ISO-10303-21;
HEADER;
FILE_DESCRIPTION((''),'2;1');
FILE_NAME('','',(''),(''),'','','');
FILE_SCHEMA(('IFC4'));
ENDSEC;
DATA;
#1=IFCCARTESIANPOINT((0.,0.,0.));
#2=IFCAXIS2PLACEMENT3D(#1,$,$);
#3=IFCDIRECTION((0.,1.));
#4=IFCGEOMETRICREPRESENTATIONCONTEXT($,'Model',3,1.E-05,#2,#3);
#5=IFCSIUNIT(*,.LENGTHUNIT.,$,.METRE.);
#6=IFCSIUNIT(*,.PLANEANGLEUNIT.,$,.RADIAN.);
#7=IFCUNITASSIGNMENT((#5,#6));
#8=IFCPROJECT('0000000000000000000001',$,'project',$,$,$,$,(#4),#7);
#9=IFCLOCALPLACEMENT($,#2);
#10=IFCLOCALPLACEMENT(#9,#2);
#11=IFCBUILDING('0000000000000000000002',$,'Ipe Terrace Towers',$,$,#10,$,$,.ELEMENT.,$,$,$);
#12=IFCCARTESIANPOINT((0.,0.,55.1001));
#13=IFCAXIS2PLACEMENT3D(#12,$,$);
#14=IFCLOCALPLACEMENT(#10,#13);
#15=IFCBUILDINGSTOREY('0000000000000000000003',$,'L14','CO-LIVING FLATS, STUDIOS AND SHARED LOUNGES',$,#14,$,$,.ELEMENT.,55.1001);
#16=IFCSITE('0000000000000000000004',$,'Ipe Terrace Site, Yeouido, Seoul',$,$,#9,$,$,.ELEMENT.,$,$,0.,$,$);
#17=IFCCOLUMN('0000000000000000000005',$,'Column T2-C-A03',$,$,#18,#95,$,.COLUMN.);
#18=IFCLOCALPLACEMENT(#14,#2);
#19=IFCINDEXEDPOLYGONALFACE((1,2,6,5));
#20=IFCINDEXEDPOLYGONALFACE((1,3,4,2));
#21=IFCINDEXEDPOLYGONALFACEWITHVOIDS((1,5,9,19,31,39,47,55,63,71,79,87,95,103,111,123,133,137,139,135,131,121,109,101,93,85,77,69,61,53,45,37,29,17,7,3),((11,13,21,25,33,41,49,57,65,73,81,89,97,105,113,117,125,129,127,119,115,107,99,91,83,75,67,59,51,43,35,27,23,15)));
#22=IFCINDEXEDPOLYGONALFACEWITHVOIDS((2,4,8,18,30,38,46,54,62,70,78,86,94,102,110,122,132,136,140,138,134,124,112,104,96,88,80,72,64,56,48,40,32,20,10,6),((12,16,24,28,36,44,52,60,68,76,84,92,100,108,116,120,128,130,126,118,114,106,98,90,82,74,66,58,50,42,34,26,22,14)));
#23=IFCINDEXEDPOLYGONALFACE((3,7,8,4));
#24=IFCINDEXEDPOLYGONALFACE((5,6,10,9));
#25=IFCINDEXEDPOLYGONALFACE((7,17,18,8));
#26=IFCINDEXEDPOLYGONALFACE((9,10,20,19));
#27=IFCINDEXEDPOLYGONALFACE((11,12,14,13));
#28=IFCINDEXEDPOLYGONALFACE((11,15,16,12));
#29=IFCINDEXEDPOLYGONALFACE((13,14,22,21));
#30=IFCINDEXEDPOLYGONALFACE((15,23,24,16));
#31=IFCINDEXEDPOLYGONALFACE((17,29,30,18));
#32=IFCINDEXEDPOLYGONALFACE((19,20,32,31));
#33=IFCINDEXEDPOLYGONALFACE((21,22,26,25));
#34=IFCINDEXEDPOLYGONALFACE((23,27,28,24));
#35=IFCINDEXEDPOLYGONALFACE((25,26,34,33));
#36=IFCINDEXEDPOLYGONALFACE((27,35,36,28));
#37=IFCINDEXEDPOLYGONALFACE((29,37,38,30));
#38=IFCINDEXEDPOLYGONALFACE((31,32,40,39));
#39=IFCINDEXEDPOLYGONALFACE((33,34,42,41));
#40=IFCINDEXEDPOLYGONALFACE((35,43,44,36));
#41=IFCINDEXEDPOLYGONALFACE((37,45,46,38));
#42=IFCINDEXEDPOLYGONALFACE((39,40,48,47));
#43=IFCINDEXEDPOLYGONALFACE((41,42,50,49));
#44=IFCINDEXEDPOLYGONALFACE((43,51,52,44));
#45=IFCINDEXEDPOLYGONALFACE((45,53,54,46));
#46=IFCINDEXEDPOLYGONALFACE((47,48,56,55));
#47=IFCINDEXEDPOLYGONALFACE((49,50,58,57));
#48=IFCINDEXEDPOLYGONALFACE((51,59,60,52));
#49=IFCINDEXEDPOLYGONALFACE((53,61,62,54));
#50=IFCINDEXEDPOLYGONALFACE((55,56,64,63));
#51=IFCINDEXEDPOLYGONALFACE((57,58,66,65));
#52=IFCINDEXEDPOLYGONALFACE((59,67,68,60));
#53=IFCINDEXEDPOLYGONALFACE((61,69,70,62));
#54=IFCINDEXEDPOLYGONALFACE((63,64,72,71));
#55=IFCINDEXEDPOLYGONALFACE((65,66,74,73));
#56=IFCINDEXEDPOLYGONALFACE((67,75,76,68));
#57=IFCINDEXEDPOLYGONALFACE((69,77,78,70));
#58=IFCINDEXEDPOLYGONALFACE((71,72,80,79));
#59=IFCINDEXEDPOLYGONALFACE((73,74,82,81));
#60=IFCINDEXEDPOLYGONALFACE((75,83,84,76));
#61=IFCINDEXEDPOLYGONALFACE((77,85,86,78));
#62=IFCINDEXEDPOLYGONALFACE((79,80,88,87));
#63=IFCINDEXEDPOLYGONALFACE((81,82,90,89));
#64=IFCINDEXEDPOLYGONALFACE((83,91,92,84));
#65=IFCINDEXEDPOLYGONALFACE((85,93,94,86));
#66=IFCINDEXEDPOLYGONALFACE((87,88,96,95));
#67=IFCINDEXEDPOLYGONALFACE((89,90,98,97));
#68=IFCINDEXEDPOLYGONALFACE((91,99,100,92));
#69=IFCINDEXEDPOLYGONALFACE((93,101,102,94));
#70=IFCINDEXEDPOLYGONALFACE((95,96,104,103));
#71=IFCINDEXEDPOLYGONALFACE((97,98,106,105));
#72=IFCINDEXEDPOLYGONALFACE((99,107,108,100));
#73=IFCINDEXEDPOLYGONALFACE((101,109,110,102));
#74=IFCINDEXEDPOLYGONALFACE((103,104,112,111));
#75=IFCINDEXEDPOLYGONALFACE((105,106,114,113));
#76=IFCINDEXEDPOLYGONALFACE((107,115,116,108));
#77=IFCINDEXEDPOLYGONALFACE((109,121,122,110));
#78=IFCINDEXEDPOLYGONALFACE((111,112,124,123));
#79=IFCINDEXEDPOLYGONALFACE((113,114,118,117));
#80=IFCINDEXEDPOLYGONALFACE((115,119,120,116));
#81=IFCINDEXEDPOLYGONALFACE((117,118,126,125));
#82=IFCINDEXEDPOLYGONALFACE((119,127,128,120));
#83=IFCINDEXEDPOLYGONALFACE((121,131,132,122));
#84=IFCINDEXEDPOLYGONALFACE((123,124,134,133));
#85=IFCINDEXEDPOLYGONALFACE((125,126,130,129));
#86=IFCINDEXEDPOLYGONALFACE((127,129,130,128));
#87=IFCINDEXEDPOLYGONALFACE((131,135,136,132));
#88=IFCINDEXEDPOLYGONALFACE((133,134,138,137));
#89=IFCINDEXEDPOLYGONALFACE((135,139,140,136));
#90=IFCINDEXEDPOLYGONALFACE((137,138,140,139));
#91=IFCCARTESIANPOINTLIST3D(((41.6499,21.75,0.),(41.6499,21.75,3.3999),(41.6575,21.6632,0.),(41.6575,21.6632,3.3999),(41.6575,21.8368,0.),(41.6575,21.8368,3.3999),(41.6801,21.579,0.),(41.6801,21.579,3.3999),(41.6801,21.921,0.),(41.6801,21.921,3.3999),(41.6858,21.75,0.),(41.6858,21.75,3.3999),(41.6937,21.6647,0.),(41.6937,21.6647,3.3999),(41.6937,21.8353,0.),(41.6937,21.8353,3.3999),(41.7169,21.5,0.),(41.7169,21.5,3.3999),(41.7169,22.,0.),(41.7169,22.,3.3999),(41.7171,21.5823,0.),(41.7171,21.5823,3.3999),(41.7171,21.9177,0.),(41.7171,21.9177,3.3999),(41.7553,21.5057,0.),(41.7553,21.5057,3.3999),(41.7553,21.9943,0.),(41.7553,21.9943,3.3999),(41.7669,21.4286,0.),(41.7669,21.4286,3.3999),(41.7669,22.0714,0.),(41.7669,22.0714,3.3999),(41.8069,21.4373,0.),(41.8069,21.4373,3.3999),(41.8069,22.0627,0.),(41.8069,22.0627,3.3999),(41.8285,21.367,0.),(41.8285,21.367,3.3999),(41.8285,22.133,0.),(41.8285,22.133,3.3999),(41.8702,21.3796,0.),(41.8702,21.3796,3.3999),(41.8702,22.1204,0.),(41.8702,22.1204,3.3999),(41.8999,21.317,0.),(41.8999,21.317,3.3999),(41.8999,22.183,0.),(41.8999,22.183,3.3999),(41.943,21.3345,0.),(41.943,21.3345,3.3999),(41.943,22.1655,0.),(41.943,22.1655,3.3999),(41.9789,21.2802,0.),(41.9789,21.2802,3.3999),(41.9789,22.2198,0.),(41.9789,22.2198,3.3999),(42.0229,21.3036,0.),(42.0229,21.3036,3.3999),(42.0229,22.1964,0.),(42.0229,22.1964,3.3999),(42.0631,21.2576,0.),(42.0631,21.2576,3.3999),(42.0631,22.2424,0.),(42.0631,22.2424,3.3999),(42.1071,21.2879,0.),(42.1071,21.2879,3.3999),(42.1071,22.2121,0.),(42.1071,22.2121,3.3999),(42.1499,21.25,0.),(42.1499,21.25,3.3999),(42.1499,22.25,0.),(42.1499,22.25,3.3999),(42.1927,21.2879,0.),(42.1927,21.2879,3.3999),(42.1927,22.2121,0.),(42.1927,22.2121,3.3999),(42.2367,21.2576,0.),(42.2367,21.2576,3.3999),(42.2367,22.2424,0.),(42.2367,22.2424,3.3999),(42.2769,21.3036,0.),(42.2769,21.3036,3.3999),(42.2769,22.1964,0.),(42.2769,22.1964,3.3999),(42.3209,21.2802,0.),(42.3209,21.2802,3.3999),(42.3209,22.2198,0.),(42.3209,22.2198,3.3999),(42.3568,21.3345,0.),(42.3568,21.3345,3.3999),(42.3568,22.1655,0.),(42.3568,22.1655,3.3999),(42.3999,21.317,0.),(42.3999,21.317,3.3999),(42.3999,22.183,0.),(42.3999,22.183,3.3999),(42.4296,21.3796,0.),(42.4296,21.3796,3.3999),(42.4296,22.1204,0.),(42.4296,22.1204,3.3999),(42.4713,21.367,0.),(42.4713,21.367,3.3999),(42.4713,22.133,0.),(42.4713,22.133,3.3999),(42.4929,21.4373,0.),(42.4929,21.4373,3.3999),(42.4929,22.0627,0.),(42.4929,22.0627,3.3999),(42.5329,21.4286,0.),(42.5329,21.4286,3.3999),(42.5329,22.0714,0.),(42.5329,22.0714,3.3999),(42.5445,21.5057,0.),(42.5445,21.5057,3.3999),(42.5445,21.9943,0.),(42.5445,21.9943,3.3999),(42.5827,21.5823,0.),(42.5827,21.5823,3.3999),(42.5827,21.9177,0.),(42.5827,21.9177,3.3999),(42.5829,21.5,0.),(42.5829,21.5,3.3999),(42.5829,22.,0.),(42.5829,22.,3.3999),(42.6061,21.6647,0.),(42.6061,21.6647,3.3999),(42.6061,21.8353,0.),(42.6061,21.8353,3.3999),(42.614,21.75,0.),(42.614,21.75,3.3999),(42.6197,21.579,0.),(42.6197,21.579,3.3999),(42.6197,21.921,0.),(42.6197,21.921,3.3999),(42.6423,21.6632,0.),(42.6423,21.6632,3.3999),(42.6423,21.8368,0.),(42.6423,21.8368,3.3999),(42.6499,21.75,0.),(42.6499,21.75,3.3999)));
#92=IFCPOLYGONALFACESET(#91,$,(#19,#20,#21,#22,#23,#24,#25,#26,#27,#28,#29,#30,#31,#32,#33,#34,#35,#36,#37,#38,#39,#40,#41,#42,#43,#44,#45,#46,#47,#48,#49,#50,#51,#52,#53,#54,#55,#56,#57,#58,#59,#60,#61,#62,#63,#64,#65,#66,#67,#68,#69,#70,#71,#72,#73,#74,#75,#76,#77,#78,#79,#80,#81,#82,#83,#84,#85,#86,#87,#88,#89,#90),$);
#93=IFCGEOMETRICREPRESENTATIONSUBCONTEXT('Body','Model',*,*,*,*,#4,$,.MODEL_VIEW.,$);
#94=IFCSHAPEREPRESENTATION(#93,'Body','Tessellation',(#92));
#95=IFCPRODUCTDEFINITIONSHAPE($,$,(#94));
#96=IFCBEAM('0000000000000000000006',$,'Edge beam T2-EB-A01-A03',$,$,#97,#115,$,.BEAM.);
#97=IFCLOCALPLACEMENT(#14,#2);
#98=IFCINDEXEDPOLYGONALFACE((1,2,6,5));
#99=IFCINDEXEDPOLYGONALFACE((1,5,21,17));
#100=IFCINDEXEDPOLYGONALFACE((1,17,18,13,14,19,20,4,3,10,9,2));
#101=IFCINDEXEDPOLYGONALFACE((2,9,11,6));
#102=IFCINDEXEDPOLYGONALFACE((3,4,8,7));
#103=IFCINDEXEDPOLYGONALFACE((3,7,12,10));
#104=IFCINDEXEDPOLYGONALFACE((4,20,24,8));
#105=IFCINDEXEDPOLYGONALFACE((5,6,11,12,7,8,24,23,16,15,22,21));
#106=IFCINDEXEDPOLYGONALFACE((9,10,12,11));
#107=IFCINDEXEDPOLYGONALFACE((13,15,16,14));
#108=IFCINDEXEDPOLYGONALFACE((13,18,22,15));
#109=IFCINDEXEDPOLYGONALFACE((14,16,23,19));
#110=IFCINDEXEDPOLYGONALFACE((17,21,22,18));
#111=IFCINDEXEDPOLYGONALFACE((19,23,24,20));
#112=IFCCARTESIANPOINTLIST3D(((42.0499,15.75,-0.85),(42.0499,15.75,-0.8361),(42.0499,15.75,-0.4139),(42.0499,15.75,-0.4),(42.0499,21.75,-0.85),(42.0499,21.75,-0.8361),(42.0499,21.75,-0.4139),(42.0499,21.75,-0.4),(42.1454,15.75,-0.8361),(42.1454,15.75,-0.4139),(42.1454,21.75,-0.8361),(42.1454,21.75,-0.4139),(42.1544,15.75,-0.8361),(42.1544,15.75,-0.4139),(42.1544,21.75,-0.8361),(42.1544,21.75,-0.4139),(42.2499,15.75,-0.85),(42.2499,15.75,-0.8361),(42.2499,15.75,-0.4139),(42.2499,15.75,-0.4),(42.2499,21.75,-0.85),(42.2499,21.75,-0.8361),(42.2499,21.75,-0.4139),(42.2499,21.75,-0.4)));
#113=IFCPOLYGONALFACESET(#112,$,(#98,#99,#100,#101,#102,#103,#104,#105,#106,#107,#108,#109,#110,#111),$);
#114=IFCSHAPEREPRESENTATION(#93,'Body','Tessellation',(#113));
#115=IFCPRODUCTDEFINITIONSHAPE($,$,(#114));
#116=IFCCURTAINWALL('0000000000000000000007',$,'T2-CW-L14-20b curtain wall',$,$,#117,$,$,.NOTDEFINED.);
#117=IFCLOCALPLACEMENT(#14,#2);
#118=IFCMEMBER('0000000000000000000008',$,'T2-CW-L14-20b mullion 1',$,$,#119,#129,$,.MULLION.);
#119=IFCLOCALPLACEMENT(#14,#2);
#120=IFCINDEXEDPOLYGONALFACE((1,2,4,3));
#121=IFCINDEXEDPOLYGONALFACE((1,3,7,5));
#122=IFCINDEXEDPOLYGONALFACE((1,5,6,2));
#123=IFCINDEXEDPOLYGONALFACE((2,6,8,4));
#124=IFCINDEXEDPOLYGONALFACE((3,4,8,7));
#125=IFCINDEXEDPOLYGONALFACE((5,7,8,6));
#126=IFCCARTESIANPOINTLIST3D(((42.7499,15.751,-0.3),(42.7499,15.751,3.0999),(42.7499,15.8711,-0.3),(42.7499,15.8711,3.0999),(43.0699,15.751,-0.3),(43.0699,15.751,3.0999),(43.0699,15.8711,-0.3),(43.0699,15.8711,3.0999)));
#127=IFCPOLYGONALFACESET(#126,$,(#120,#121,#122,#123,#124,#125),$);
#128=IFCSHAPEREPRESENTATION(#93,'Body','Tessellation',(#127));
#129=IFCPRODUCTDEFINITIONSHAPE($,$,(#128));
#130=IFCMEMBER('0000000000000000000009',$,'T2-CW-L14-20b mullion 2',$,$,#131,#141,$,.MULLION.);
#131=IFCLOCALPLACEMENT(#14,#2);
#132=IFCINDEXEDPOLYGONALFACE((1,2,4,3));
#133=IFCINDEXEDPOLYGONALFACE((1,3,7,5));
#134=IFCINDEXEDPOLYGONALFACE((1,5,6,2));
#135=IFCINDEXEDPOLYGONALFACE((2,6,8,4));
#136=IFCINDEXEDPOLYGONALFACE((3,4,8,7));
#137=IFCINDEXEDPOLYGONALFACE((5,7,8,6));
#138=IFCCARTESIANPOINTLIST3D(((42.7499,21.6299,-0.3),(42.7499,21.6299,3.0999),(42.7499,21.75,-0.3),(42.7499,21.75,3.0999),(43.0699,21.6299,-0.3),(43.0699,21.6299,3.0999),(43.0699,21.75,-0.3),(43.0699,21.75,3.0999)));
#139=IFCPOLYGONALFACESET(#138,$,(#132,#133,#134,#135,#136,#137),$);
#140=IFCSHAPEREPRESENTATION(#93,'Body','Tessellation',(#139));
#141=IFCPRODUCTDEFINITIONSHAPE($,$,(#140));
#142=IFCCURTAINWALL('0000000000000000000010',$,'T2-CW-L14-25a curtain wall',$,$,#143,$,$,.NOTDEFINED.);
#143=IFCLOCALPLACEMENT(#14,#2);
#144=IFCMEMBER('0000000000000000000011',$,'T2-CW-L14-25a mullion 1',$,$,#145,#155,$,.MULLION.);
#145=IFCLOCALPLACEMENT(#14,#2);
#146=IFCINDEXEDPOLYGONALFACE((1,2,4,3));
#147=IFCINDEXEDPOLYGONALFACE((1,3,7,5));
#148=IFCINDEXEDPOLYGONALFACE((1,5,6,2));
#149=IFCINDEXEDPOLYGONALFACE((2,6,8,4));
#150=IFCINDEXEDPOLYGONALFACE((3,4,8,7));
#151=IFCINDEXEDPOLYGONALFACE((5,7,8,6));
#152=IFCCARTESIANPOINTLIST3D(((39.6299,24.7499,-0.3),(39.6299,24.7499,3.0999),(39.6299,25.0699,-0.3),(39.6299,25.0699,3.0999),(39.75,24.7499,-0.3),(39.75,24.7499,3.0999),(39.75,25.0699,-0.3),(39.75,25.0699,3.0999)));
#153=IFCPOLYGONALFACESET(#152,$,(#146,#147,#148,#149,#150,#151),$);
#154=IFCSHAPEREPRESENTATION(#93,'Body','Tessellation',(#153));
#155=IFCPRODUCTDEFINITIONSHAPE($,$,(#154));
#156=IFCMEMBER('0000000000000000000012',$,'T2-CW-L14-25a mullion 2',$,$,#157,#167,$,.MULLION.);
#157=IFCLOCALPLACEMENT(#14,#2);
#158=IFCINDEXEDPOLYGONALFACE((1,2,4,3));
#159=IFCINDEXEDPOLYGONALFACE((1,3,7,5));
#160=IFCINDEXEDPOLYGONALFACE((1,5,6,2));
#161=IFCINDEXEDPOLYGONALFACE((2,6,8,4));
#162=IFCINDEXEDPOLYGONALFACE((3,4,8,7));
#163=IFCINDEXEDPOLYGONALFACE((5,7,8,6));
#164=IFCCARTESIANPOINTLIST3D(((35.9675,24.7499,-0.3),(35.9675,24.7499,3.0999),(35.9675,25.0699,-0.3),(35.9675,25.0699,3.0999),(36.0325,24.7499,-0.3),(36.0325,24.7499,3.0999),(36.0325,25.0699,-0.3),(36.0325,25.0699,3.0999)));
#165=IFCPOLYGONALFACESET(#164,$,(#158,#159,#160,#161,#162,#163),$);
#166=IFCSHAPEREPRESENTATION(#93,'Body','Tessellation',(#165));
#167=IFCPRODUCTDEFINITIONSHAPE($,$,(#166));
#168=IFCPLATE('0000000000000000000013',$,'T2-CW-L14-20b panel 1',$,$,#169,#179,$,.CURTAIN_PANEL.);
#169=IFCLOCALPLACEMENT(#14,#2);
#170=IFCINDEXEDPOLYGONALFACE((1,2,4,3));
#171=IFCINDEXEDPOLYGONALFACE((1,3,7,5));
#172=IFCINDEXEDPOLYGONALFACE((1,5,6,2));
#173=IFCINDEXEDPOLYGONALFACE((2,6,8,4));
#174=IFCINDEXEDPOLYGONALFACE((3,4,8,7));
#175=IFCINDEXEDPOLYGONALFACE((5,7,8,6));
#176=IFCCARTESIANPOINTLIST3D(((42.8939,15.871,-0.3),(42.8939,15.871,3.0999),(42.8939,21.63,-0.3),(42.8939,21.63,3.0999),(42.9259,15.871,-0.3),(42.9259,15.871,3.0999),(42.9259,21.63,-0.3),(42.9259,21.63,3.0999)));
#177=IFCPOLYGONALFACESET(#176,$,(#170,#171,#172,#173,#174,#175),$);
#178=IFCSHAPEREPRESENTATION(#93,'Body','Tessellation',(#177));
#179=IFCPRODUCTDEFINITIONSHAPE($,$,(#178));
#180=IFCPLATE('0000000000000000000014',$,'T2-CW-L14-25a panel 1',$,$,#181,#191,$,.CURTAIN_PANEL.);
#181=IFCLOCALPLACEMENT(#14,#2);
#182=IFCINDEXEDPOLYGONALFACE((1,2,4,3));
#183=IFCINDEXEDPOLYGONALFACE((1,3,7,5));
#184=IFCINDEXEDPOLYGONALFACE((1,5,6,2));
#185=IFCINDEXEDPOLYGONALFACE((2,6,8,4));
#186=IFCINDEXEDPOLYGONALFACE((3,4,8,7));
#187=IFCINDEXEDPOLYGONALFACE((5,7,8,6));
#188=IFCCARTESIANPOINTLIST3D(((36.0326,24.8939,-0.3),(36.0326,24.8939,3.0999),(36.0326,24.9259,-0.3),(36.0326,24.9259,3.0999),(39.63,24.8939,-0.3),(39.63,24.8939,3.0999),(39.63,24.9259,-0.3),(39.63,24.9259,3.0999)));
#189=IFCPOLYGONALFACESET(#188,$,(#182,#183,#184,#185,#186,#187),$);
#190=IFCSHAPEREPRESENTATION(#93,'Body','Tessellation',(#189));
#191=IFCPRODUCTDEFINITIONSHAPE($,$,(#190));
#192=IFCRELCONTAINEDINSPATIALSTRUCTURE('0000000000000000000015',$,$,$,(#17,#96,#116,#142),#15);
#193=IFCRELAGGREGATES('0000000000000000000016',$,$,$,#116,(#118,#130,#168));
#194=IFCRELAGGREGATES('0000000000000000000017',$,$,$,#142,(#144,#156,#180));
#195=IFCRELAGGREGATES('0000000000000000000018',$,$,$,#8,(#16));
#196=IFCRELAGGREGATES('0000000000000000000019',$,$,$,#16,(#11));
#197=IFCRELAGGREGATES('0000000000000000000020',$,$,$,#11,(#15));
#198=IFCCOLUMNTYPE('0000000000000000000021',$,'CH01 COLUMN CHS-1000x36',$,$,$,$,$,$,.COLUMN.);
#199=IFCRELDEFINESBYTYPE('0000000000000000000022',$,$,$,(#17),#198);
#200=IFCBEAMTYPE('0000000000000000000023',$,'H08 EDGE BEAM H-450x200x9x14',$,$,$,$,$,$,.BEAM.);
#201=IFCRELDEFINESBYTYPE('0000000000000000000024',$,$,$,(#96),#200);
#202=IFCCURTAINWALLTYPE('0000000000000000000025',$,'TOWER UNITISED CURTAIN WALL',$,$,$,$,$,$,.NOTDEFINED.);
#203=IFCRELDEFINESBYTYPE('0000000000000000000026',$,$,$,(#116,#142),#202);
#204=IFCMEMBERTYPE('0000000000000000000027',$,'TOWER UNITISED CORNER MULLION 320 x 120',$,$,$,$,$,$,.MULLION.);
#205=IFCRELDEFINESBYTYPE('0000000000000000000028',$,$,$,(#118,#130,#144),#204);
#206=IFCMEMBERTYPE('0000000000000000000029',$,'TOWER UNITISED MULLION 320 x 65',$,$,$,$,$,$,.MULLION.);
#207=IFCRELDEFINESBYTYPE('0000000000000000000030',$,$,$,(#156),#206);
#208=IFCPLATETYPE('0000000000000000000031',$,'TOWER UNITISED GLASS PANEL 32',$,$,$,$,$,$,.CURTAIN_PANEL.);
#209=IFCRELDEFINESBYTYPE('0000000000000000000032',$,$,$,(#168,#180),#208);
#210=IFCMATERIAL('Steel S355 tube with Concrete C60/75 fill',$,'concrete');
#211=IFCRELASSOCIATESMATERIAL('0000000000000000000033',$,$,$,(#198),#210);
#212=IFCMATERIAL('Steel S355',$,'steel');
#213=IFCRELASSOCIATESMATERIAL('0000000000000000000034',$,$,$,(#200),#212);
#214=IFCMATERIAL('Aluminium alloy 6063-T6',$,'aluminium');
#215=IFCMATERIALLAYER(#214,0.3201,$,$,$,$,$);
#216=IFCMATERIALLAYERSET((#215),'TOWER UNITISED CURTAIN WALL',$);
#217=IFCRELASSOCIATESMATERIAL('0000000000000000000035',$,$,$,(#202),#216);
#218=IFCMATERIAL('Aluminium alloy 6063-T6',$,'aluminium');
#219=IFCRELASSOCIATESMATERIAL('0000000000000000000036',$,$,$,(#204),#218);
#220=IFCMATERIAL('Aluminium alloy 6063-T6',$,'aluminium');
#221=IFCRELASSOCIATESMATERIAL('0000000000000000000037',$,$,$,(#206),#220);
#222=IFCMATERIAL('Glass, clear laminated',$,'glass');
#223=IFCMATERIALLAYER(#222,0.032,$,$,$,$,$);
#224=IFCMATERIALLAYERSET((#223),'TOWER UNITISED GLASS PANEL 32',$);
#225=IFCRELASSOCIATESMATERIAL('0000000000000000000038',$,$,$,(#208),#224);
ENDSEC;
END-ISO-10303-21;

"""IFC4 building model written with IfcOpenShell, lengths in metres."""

from ifc_helpers import new_model, si_unit, direction, frame, origin, origin_2d, place, context, subcontext, project, spatial, rectangle, hollow_circle, i_section, extrude, material, layer, layer_set, material_profile, profile_set, type_object, element, aggregate, save


model = new_model("IFC4")

# Units and contexts
model_context = context("Model", 3, precision=1e-05, world=origin(), true_north=direction((0.0, 1.0)))
body_context = subcontext(model_context, "Body", "Model", "MODEL_VIEW")
ifc_project = project(units=[si_unit("LENGTHUNIT", "METRE"), si_unit("PLANEANGLEUNIT", "RADIAN")], contexts=[model_context])

# Site, building, storey
site_placement = place(None, origin())
site = spatial("IfcSite", under=ifc_project, at=site_placement, Name="Ipe Terrace Site, Yeouido, Seoul", CompositionType="ELEMENT", RefElevation=0.0)
building_placement = place(site_placement, origin())
building = spatial("IfcBuilding", under=site, at=building_placement, Name="Ipe Terrace Towers", CompositionType="ELEMENT")
storey_placement = place(building_placement, frame((0.0, 0.0, 55.1001)))
storey = spatial("IfcBuildingStorey", under=building, at=storey_placement, Name="L14", Description="CO-LIVING FLATS, STUDIOS AND SHARED LOUNGES", CompositionType="ELEMENT", Elevation=55.1001)

# Column
ifc_material_1 = material(Name="Steel S355 tube with Concrete C60/75 fill", Category="concrete")
ifc_material_profile_1 = material_profile(ifc_material_1, hollow_circle(Radius=0.5, WallThickness=0.0359, at=origin_2d()), Name="CHS-1000x36")
ifc_profile_set_1 = profile_set([ifc_material_profile_1], Name="Steel S355 tube with Concrete C60/75 fill")
column_type = type_object("IfcColumnType", Name="CH01 COLUMN CHS-1000x36", PredefinedType="COLUMN", material=ifc_profile_set_1)
column_placement = place(storey_placement, frame((42.1499, 21.75, 0.0), z_axis=(0.0, 0.0, 1.0), x_axis=(1.0, 0.0, 0.0)))
element("IfcColumn", 1, at=column_placement, inside=storey, type_object=column_type, Name="Column T2-C-A03", PredefinedType="COLUMN", context=body_context, shape_type="SweptSolid", body=[
    extrude(hollow_circle(Radius=0.5, WallThickness=0.0359, at=origin_2d()), origin(), (0.0, 0.0, 1.0), 3.3999),
])

# Beam
ifc_material_2 = material(Name="Steel S355", Category="steel")
ifc_material_profile_2 = material_profile(ifc_material_2, i_section(OverallWidth=0.2, OverallDepth=0.45, WebThickness=0.009, FlangeThickness=0.0139, at=origin_2d()), Name="H-450x200x9x14")
ifc_profile_set_2 = profile_set([ifc_material_profile_2], Name="Steel S355")
beam_type = type_object("IfcBeamType", Name="H08 EDGE BEAM H-450x200x9x14", PredefinedType="BEAM", material=ifc_profile_set_2)
beam_placement = place(storey_placement, frame((42.1499, 15.75, -0.625), z_axis=(0.0, 1.0, 0.0), x_axis=(-1.0, 0.0, 0.0)))
element("IfcBeam", 2, at=beam_placement, inside=storey, type_object=beam_type, Name="Edge beam T2-EB-A01-A03", PredefinedType="BEAM", context=body_context, shape_type="SweptSolid", body=[
    extrude(i_section(OverallWidth=0.2, OverallDepth=0.45, WebThickness=0.009, FlangeThickness=0.0139, at=origin_2d()), origin(), (0.0, 0.0, 1.0), 6.0),
])

# Curtain walls, members
ifc_material_3 = material(Name="Aluminium alloy 6063-T6", Category="aluminium")
ifc_layer_1 = layer(ifc_material_3, 0.3201)
ifc_layer_set_1 = layer_set([ifc_layer_1], Name="TOWER UNITISED CURTAIN WALL")
curtain_wall_type = type_object("IfcCurtainWallType", Name="TOWER UNITISED CURTAIN WALL", PredefinedType="NOTDEFINED", material=ifc_layer_set_1)
curtain_wall_1_placement = place(storey_placement, origin())
curtain_wall_1 = element("IfcCurtainWall", 3, at=curtain_wall_1_placement, inside=storey, type_object=curtain_wall_type, Name="T2-CW-L14-20b curtain wall", PredefinedType="NOTDEFINED")
ifc_material_4 = material(Name="Aluminium alloy 6063-T6", Category="aluminium")
ifc_material_profile_3 = material_profile(ifc_material_4, rectangle(XDim=0.3201, YDim=0.1201, at=origin_2d()), Name="TOWER UNITISED CORNER MULLION 320 x 120")
ifc_profile_set_3 = profile_set([ifc_material_profile_3], Name="Aluminium alloy 6063-T6")
member_type_1 = type_object("IfcMemberType", Name="TOWER UNITISED CORNER MULLION 320 x 120", PredefinedType="MULLION", material=ifc_profile_set_3)
member_1_placement = place(storey_placement, frame((42.9099, 15.811, -0.3), z_axis=(0.0, 0.0, 1.0), x_axis=(1.0, 0.0, 0.0)))
member_1 = element("IfcMember", 4, at=member_1_placement, type_object=member_type_1, Name="T2-CW-L14-20b mullion 1", PredefinedType="MULLION", context=body_context, shape_type="SweptSolid", body=[
    extrude(rectangle(XDim=0.3201, YDim=0.1201, at=origin_2d()), origin(), (0.0, 0.0, 1.0), 3.3999),
])
member_2_placement = place(storey_placement, frame((42.9099, 21.6899, -0.3), z_axis=(0.0, 0.0, 1.0), x_axis=(1.0, 0.0, 0.0)))
member_2 = element("IfcMember", 5, at=member_2_placement, type_object=member_type_1, Name="T2-CW-L14-20b mullion 2", PredefinedType="MULLION", context=body_context, shape_type="SweptSolid", body=[
    extrude(rectangle(XDim=0.3201, YDim=0.1201, at=origin_2d()), origin(), (0.0, 0.0, 1.0), 3.3999),
])
curtain_wall_2_placement = place(storey_placement, origin())
curtain_wall_2 = element("IfcCurtainWall", 6, at=curtain_wall_2_placement, inside=storey, type_object=curtain_wall_type, Name="T2-CW-L14-25a curtain wall", PredefinedType="NOTDEFINED")
member_3_placement = place(storey_placement, frame((39.6899, 24.9099, -0.3), z_axis=(0.0, 0.0, 1.0), x_axis=(0.0, 1.0, 0.0)))
member_3 = element("IfcMember", 7, at=member_3_placement, type_object=member_type_1, Name="T2-CW-L14-25a mullion 1", PredefinedType="MULLION", context=body_context, shape_type="SweptSolid", body=[
    extrude(rectangle(XDim=0.3201, YDim=0.1201, at=origin_2d()), origin(), (0.0, 0.0, 1.0), 3.3999),
])
ifc_material_5 = material(Name="Aluminium alloy 6063-T6", Category="aluminium")
ifc_material_profile_4 = material_profile(ifc_material_5, rectangle(XDim=0.3201, YDim=0.0649, at=origin_2d()), Name="TOWER UNITISED MULLION 320 x 65")
ifc_profile_set_4 = profile_set([ifc_material_profile_4], Name="Aluminium alloy 6063-T6")
member_type_2 = type_object("IfcMemberType", Name="TOWER UNITISED MULLION 320 x 65", PredefinedType="MULLION", material=ifc_profile_set_4)
member_4_placement = place(storey_placement, frame((36.0, 24.9099, -0.3), z_axis=(0.0, 0.0, 1.0), x_axis=(0.0, 1.0, 0.0)))
member_4 = element("IfcMember", 8, at=member_4_placement, type_object=member_type_2, Name="T2-CW-L14-25a mullion 2", PredefinedType="MULLION", context=body_context, shape_type="SweptSolid", body=[
    extrude(rectangle(XDim=0.3201, YDim=0.0649, at=origin_2d()), origin(), (0.0, 0.0, 1.0), 3.3999),
])

# Plates
ifc_material_6 = material(Name="Glass, clear laminated", Category="glass")
ifc_layer_2 = layer(ifc_material_6, 0.032)
ifc_layer_set_2 = layer_set([ifc_layer_2], Name="TOWER UNITISED GLASS PANEL 32")
plate_type = type_object("IfcPlateType", Name="TOWER UNITISED GLASS PANEL 32", PredefinedType="CURTAIN_PANEL", material=ifc_layer_set_2)
plate_1_placement = place(storey_placement, frame((42.9099, 18.7505, -0.3), z_axis=(0.0, 0.0, 1.0), x_axis=(0.0, 1.0, 0.0)))
plate_1 = element("IfcPlate", 9, at=plate_1_placement, type_object=plate_type, Name="T2-CW-L14-20b panel 1", PredefinedType="CURTAIN_PANEL", context=body_context, shape_type="SweptSolid", body=[
    extrude(rectangle(XDim=5.759, YDim=0.032, at=origin_2d()), origin(), (0.0, 0.0, 1.0), 3.3999),
])
aggregate(curtain_wall_1, [member_1, member_2, plate_1])
plate_2_placement = place(storey_placement, frame((37.8313, 24.9099, -0.3), z_axis=(0.0, 0.0, 1.0), x_axis=(-1.0, 0.0, 0.0)))
plate_2 = element("IfcPlate", 10, at=plate_2_placement, type_object=plate_type, Name="T2-CW-L14-25a panel 1", PredefinedType="CURTAIN_PANEL", context=body_context, shape_type="SweptSolid", body=[
    extrude(rectangle(XDim=3.5974, YDim=0.032, at=origin_2d()), origin(), (0.0, 0.0, 1.0), 3.3999),
])
aggregate(curtain_wall_2, [member_3, member_4, plate_2])

save(model, "model.ifc")
